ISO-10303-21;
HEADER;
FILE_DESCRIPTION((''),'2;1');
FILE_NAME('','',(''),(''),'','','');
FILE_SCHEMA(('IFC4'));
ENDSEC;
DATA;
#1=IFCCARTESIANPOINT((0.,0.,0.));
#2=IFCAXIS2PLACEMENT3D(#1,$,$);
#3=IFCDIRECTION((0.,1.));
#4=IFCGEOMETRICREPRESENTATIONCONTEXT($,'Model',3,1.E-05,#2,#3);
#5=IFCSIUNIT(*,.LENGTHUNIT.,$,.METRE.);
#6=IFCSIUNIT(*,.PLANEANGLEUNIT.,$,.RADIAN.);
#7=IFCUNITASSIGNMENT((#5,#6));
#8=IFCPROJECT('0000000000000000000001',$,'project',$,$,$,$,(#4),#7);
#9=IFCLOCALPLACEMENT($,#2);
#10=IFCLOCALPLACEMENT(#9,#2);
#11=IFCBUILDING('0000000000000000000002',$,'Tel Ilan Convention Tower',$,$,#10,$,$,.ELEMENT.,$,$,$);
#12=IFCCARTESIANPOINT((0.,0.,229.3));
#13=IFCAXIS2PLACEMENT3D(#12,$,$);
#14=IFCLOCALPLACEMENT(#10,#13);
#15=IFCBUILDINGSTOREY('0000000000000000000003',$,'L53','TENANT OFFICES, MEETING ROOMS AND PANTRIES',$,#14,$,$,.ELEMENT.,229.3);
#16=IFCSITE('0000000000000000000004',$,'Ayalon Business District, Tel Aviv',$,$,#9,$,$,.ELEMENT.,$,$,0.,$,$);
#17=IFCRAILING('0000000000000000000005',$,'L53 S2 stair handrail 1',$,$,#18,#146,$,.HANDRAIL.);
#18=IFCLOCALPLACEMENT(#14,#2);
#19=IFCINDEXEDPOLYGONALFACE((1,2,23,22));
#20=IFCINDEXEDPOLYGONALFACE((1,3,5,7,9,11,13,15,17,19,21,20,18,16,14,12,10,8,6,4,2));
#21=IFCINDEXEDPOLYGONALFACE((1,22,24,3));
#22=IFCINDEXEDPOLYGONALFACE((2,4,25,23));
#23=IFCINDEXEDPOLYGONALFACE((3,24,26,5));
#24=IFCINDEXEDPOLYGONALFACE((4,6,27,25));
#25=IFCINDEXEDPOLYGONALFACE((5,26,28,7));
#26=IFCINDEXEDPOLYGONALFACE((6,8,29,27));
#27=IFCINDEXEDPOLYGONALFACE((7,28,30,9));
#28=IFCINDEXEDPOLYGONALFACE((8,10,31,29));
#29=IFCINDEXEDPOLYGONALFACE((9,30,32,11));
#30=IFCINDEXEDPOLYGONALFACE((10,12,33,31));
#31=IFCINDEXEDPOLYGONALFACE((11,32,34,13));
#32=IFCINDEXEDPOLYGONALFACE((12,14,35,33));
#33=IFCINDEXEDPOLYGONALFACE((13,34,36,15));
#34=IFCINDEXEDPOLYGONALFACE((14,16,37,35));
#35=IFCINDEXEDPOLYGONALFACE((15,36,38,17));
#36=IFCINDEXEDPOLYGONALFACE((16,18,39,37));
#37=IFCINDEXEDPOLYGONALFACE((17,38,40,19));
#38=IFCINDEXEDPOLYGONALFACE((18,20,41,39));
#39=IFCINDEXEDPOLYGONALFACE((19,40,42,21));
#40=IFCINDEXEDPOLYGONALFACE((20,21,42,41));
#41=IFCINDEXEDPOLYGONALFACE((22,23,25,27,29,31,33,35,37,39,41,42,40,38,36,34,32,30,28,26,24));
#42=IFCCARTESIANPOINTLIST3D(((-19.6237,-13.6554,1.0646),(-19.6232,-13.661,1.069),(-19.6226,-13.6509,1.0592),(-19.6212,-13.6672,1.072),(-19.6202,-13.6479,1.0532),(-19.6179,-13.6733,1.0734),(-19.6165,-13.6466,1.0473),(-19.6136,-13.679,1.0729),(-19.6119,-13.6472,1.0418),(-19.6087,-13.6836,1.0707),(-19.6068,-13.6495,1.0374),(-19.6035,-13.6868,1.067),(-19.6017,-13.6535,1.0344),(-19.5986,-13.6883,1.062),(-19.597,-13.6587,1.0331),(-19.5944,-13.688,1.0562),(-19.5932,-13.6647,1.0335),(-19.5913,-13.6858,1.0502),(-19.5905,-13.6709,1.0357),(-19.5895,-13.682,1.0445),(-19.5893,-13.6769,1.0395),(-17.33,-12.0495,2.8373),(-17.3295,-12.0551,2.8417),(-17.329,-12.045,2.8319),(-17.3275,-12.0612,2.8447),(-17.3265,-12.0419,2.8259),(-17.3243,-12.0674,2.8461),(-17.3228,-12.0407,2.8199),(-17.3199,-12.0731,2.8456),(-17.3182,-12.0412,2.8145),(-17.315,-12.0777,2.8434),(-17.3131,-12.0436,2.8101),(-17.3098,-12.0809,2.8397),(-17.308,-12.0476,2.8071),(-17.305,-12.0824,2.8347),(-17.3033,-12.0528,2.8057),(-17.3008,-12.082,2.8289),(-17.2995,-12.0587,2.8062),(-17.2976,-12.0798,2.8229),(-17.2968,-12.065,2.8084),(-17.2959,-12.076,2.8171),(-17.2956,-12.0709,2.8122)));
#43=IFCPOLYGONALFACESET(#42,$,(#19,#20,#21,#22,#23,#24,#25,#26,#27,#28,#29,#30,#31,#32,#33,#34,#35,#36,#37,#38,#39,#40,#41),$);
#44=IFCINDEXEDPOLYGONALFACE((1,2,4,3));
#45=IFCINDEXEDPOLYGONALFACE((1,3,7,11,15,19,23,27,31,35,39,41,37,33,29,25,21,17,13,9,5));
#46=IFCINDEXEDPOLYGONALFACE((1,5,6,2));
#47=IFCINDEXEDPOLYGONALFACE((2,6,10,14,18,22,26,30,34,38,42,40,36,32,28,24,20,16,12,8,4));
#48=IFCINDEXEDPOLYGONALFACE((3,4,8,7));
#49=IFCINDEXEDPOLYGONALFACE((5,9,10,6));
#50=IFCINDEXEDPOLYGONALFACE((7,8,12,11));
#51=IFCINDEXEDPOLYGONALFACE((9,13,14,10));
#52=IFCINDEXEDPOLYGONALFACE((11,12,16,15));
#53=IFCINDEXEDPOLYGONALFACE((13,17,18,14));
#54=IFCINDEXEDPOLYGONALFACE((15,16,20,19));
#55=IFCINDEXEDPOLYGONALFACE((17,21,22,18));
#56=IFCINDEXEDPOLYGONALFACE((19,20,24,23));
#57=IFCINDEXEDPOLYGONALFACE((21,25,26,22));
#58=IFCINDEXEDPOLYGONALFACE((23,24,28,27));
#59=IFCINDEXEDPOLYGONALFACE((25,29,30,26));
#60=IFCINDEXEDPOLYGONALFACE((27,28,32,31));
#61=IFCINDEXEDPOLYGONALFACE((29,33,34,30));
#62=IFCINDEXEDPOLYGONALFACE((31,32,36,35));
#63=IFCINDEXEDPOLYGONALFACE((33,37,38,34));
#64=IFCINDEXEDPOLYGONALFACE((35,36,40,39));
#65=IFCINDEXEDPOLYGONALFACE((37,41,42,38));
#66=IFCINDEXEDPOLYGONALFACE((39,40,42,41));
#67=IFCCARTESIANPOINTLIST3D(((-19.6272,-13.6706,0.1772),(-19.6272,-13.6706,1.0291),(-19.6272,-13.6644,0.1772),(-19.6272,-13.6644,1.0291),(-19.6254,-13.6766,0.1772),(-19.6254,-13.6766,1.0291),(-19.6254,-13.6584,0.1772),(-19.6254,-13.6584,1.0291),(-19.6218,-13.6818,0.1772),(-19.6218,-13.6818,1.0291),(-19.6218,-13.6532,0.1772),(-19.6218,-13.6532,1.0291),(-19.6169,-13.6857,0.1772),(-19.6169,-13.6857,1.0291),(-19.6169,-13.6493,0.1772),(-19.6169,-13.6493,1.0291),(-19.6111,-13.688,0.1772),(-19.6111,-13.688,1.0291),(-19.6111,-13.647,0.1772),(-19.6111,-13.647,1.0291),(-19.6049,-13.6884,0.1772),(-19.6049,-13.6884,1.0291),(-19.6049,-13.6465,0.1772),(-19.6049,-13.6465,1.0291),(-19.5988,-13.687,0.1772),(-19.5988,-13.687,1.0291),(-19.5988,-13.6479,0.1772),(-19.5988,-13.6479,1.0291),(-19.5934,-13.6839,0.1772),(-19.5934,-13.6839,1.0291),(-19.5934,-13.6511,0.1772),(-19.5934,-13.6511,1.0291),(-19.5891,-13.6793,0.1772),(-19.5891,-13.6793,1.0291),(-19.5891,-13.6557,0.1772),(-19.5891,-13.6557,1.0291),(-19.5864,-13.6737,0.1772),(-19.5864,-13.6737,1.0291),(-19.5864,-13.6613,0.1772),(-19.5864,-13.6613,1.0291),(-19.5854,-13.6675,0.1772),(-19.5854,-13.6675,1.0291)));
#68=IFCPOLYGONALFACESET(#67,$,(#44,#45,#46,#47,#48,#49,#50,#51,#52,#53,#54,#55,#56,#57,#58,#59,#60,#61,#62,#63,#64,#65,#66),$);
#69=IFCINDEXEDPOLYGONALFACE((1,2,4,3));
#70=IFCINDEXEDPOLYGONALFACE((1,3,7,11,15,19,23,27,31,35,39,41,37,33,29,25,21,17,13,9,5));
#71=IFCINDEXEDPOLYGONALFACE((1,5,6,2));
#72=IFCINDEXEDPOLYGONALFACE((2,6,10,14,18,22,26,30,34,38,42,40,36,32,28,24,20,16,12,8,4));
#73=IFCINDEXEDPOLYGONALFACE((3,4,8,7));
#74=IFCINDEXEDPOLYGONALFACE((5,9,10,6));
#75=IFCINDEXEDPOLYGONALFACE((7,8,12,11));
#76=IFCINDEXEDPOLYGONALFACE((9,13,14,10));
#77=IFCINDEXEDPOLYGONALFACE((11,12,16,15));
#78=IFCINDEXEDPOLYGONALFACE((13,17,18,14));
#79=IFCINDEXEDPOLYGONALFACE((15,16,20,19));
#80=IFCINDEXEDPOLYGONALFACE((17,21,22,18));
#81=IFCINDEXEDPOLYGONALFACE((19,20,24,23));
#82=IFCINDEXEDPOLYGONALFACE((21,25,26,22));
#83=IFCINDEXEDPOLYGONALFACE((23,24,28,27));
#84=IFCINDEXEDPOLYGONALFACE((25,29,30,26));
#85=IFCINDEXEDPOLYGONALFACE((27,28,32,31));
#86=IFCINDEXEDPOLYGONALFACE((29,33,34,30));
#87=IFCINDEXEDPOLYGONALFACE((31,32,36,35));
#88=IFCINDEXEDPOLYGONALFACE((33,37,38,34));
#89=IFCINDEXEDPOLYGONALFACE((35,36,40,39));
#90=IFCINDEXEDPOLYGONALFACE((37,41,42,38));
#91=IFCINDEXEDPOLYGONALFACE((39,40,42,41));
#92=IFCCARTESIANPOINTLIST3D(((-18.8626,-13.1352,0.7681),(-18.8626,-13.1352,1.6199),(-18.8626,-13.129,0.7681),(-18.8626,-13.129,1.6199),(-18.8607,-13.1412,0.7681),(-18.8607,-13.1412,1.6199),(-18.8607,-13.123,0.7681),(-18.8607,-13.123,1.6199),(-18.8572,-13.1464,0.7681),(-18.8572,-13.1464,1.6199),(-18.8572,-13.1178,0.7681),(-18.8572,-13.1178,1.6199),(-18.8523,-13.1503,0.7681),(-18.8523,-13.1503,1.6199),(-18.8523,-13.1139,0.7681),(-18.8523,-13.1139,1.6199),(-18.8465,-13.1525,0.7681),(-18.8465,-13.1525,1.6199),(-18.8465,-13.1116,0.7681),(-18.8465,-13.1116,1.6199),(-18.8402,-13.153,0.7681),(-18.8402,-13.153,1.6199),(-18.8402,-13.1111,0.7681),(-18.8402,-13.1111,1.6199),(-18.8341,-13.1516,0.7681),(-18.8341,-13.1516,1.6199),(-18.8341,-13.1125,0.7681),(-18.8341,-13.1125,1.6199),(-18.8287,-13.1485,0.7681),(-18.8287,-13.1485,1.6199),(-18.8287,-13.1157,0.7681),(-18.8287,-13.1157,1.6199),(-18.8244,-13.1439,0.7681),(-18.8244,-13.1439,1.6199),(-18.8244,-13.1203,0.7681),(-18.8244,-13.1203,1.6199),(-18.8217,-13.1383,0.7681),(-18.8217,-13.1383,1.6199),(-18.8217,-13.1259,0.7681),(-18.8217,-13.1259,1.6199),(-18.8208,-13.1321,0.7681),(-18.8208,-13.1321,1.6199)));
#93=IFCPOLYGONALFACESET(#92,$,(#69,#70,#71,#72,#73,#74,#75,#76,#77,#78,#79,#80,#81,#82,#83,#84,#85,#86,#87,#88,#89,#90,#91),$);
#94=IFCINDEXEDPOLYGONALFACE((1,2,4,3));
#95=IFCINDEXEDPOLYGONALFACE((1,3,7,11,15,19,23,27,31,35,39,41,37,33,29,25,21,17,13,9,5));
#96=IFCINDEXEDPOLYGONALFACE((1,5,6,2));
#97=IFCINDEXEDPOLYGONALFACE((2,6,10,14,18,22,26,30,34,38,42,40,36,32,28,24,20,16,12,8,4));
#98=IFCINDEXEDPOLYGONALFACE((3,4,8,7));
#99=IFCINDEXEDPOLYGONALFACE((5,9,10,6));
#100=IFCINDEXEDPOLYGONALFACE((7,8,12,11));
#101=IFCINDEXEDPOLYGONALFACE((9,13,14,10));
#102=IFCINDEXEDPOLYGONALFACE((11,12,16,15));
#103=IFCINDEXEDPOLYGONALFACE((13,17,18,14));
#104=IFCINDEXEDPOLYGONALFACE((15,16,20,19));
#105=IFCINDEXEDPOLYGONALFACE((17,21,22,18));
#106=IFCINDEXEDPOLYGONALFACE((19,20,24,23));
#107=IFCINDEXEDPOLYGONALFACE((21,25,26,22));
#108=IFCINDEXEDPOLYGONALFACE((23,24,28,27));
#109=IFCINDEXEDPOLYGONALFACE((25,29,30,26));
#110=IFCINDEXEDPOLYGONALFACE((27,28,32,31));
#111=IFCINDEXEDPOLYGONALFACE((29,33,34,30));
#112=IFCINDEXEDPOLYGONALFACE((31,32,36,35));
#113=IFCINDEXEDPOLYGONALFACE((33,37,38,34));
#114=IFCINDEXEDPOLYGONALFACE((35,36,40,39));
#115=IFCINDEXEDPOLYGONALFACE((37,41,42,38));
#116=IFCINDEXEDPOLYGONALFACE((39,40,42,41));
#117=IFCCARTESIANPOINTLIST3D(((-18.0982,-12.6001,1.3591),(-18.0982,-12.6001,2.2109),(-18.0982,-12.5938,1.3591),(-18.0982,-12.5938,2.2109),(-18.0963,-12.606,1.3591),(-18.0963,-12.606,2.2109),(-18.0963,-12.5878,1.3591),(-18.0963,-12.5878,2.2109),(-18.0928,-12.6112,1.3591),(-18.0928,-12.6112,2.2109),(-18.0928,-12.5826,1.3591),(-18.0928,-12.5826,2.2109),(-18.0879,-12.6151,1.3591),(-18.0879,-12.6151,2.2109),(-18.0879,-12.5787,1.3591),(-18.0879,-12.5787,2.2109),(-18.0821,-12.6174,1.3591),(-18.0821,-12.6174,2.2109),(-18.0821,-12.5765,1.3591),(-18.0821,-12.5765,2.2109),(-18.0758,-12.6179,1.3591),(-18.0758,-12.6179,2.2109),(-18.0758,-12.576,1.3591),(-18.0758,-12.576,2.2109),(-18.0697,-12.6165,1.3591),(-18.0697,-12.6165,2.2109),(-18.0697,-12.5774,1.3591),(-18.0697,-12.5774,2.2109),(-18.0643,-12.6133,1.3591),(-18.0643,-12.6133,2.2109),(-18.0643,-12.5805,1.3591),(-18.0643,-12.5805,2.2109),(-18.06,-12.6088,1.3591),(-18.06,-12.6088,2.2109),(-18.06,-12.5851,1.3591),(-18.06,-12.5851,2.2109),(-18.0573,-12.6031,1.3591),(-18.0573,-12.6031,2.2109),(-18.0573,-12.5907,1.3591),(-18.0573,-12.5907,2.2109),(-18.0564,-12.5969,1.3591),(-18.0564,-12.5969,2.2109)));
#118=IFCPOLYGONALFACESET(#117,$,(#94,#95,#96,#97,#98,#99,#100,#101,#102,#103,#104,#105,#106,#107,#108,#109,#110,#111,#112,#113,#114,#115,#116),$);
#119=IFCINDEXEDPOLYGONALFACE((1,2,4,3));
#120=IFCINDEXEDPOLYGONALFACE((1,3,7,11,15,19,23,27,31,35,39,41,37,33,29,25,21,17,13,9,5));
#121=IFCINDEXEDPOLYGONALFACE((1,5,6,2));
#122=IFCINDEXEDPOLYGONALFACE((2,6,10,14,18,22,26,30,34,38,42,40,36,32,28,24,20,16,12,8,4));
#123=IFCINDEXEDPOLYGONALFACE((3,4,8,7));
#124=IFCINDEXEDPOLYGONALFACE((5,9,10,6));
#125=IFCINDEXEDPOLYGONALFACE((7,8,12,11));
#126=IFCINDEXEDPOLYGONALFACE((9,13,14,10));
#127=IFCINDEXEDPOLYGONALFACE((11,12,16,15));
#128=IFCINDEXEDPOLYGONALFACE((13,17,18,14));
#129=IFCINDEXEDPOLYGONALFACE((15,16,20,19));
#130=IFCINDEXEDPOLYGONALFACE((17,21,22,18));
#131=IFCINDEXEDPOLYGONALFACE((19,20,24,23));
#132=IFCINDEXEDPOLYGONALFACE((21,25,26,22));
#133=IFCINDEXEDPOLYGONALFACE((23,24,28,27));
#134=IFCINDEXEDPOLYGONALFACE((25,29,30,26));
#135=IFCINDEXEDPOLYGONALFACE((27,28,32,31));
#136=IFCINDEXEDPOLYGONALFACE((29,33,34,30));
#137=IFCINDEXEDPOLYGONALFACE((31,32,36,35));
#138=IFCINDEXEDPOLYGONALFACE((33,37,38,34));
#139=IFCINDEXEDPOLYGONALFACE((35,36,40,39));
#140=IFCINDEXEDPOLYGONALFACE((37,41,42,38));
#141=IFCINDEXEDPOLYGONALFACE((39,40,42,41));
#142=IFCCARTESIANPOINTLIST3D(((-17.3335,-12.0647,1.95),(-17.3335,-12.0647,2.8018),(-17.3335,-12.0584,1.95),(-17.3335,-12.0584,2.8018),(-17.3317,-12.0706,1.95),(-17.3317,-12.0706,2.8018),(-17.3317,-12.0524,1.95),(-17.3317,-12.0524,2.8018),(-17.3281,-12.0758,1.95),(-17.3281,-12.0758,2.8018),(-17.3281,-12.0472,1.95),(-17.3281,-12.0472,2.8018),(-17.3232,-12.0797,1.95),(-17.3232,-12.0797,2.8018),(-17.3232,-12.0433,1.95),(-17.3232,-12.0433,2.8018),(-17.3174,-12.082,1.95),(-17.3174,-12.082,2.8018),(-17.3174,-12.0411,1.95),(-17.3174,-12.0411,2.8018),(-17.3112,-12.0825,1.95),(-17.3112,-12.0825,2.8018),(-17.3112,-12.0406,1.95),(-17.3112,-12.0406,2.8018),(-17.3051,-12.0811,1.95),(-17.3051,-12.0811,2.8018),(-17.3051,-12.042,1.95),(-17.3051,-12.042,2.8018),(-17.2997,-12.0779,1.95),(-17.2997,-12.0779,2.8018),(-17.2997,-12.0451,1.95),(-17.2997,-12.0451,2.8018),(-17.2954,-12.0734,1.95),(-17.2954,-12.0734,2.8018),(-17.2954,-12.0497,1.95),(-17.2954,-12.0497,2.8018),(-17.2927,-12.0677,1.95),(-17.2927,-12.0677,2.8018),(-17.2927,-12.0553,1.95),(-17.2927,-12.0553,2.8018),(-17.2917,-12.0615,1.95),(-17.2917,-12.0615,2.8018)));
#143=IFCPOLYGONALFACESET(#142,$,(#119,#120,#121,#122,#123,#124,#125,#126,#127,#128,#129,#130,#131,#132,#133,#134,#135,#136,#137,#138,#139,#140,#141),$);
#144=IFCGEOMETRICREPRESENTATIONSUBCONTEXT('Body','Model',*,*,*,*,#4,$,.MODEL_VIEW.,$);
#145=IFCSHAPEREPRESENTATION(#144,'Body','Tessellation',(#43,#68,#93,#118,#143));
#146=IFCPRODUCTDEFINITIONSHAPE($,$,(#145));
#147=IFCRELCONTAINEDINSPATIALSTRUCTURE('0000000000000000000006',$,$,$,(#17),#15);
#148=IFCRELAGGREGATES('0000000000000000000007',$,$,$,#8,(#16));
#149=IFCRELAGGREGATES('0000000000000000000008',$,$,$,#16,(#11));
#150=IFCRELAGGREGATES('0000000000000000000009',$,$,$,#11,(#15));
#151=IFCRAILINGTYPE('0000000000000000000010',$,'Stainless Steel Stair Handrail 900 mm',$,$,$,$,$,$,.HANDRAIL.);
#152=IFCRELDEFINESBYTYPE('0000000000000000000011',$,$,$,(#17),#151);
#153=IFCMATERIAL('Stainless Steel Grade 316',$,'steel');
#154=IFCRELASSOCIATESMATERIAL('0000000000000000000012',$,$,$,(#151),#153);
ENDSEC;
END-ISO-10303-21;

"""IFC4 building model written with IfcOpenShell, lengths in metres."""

from ifc_helpers import new_model, si_unit, direction, frame, origin, origin_2d, place, context, subcontext, project, spatial, circle, extrude, material, type_object, element, save


model = new_model("IFC4")

# Units and contexts
model_context = context("Model", 3, precision=1e-05, world=origin(), true_north=direction((0.0, 1.0)))
body_context = subcontext(model_context, "Body", "Model", "MODEL_VIEW")
ifc_project = project(units=[si_unit("LENGTHUNIT", "METRE"), si_unit("PLANEANGLEUNIT", "RADIAN")], contexts=[model_context])

# Site, building, storey
site_placement = place(None, origin())
site = spatial("IfcSite", under=ifc_project, at=site_placement, Name="Ayalon Business District, Tel Aviv", CompositionType="ELEMENT", RefElevation=0.0)
building_placement = place(site_placement, origin())
building = spatial("IfcBuilding", under=site, at=building_placement, Name="Tel Ilan Convention Tower", CompositionType="ELEMENT")
storey_placement = place(building_placement, frame((0.0, 0.0, 229.3)))
storey = spatial("IfcBuildingStorey", under=building, at=storey_placement, Name="L53", Description="TENANT OFFICES, MEETING ROOMS AND PANTRIES", CompositionType="ELEMENT", Elevation=229.3)

# Railing
ifc_material_1 = material(Name="Stainless Steel Grade 316", Category="steel")
railing_type = type_object("IfcRailingType", Name="Stainless Steel Stair Handrail 900 mm", PredefinedType="HANDRAIL", material=ifc_material_1)
railing_placement = place(storey_placement, frame((-19.6064, -13.6675, 0.1772)))
element("IfcRailing", 1, at=railing_placement, inside=storey, type_object=railing_type, Name="L53 S2 stair handrail 1", PredefinedType="HANDRAIL", context=body_context, shape_type="SweptSolid", body=[
    extrude(circle(Radius=0.0239, at=origin_2d()), frame((0.0, 0.0, 0.876), z_axis=(0.692123, 0.484597, 0.534913), x_axis=(-0.57355, 0.81917, 0.0)), (0.0, 0.0, 1.0), 3.314),
    extrude(circle(Radius=0.021, at=origin_2d()), origin(), (0.0, 0.0, 1.0), 0.8518),
    extrude(circle(Radius=0.021, at=origin_2d()), frame((0.7646, 0.5354, 0.5908)), (0.0, 0.0, 1.0), 0.8518),
    extrude(circle(Radius=0.021, at=origin_2d()), frame((1.5291, 1.0706, 1.1819)), (0.0, 0.0, 1.0), 0.8518),
    extrude(circle(Radius=0.021, at=origin_2d()), frame((2.2937, 1.606, 1.7727)), (0.0, 0.0, 1.0), 0.8518),
])

save(model, "model.ifc")
